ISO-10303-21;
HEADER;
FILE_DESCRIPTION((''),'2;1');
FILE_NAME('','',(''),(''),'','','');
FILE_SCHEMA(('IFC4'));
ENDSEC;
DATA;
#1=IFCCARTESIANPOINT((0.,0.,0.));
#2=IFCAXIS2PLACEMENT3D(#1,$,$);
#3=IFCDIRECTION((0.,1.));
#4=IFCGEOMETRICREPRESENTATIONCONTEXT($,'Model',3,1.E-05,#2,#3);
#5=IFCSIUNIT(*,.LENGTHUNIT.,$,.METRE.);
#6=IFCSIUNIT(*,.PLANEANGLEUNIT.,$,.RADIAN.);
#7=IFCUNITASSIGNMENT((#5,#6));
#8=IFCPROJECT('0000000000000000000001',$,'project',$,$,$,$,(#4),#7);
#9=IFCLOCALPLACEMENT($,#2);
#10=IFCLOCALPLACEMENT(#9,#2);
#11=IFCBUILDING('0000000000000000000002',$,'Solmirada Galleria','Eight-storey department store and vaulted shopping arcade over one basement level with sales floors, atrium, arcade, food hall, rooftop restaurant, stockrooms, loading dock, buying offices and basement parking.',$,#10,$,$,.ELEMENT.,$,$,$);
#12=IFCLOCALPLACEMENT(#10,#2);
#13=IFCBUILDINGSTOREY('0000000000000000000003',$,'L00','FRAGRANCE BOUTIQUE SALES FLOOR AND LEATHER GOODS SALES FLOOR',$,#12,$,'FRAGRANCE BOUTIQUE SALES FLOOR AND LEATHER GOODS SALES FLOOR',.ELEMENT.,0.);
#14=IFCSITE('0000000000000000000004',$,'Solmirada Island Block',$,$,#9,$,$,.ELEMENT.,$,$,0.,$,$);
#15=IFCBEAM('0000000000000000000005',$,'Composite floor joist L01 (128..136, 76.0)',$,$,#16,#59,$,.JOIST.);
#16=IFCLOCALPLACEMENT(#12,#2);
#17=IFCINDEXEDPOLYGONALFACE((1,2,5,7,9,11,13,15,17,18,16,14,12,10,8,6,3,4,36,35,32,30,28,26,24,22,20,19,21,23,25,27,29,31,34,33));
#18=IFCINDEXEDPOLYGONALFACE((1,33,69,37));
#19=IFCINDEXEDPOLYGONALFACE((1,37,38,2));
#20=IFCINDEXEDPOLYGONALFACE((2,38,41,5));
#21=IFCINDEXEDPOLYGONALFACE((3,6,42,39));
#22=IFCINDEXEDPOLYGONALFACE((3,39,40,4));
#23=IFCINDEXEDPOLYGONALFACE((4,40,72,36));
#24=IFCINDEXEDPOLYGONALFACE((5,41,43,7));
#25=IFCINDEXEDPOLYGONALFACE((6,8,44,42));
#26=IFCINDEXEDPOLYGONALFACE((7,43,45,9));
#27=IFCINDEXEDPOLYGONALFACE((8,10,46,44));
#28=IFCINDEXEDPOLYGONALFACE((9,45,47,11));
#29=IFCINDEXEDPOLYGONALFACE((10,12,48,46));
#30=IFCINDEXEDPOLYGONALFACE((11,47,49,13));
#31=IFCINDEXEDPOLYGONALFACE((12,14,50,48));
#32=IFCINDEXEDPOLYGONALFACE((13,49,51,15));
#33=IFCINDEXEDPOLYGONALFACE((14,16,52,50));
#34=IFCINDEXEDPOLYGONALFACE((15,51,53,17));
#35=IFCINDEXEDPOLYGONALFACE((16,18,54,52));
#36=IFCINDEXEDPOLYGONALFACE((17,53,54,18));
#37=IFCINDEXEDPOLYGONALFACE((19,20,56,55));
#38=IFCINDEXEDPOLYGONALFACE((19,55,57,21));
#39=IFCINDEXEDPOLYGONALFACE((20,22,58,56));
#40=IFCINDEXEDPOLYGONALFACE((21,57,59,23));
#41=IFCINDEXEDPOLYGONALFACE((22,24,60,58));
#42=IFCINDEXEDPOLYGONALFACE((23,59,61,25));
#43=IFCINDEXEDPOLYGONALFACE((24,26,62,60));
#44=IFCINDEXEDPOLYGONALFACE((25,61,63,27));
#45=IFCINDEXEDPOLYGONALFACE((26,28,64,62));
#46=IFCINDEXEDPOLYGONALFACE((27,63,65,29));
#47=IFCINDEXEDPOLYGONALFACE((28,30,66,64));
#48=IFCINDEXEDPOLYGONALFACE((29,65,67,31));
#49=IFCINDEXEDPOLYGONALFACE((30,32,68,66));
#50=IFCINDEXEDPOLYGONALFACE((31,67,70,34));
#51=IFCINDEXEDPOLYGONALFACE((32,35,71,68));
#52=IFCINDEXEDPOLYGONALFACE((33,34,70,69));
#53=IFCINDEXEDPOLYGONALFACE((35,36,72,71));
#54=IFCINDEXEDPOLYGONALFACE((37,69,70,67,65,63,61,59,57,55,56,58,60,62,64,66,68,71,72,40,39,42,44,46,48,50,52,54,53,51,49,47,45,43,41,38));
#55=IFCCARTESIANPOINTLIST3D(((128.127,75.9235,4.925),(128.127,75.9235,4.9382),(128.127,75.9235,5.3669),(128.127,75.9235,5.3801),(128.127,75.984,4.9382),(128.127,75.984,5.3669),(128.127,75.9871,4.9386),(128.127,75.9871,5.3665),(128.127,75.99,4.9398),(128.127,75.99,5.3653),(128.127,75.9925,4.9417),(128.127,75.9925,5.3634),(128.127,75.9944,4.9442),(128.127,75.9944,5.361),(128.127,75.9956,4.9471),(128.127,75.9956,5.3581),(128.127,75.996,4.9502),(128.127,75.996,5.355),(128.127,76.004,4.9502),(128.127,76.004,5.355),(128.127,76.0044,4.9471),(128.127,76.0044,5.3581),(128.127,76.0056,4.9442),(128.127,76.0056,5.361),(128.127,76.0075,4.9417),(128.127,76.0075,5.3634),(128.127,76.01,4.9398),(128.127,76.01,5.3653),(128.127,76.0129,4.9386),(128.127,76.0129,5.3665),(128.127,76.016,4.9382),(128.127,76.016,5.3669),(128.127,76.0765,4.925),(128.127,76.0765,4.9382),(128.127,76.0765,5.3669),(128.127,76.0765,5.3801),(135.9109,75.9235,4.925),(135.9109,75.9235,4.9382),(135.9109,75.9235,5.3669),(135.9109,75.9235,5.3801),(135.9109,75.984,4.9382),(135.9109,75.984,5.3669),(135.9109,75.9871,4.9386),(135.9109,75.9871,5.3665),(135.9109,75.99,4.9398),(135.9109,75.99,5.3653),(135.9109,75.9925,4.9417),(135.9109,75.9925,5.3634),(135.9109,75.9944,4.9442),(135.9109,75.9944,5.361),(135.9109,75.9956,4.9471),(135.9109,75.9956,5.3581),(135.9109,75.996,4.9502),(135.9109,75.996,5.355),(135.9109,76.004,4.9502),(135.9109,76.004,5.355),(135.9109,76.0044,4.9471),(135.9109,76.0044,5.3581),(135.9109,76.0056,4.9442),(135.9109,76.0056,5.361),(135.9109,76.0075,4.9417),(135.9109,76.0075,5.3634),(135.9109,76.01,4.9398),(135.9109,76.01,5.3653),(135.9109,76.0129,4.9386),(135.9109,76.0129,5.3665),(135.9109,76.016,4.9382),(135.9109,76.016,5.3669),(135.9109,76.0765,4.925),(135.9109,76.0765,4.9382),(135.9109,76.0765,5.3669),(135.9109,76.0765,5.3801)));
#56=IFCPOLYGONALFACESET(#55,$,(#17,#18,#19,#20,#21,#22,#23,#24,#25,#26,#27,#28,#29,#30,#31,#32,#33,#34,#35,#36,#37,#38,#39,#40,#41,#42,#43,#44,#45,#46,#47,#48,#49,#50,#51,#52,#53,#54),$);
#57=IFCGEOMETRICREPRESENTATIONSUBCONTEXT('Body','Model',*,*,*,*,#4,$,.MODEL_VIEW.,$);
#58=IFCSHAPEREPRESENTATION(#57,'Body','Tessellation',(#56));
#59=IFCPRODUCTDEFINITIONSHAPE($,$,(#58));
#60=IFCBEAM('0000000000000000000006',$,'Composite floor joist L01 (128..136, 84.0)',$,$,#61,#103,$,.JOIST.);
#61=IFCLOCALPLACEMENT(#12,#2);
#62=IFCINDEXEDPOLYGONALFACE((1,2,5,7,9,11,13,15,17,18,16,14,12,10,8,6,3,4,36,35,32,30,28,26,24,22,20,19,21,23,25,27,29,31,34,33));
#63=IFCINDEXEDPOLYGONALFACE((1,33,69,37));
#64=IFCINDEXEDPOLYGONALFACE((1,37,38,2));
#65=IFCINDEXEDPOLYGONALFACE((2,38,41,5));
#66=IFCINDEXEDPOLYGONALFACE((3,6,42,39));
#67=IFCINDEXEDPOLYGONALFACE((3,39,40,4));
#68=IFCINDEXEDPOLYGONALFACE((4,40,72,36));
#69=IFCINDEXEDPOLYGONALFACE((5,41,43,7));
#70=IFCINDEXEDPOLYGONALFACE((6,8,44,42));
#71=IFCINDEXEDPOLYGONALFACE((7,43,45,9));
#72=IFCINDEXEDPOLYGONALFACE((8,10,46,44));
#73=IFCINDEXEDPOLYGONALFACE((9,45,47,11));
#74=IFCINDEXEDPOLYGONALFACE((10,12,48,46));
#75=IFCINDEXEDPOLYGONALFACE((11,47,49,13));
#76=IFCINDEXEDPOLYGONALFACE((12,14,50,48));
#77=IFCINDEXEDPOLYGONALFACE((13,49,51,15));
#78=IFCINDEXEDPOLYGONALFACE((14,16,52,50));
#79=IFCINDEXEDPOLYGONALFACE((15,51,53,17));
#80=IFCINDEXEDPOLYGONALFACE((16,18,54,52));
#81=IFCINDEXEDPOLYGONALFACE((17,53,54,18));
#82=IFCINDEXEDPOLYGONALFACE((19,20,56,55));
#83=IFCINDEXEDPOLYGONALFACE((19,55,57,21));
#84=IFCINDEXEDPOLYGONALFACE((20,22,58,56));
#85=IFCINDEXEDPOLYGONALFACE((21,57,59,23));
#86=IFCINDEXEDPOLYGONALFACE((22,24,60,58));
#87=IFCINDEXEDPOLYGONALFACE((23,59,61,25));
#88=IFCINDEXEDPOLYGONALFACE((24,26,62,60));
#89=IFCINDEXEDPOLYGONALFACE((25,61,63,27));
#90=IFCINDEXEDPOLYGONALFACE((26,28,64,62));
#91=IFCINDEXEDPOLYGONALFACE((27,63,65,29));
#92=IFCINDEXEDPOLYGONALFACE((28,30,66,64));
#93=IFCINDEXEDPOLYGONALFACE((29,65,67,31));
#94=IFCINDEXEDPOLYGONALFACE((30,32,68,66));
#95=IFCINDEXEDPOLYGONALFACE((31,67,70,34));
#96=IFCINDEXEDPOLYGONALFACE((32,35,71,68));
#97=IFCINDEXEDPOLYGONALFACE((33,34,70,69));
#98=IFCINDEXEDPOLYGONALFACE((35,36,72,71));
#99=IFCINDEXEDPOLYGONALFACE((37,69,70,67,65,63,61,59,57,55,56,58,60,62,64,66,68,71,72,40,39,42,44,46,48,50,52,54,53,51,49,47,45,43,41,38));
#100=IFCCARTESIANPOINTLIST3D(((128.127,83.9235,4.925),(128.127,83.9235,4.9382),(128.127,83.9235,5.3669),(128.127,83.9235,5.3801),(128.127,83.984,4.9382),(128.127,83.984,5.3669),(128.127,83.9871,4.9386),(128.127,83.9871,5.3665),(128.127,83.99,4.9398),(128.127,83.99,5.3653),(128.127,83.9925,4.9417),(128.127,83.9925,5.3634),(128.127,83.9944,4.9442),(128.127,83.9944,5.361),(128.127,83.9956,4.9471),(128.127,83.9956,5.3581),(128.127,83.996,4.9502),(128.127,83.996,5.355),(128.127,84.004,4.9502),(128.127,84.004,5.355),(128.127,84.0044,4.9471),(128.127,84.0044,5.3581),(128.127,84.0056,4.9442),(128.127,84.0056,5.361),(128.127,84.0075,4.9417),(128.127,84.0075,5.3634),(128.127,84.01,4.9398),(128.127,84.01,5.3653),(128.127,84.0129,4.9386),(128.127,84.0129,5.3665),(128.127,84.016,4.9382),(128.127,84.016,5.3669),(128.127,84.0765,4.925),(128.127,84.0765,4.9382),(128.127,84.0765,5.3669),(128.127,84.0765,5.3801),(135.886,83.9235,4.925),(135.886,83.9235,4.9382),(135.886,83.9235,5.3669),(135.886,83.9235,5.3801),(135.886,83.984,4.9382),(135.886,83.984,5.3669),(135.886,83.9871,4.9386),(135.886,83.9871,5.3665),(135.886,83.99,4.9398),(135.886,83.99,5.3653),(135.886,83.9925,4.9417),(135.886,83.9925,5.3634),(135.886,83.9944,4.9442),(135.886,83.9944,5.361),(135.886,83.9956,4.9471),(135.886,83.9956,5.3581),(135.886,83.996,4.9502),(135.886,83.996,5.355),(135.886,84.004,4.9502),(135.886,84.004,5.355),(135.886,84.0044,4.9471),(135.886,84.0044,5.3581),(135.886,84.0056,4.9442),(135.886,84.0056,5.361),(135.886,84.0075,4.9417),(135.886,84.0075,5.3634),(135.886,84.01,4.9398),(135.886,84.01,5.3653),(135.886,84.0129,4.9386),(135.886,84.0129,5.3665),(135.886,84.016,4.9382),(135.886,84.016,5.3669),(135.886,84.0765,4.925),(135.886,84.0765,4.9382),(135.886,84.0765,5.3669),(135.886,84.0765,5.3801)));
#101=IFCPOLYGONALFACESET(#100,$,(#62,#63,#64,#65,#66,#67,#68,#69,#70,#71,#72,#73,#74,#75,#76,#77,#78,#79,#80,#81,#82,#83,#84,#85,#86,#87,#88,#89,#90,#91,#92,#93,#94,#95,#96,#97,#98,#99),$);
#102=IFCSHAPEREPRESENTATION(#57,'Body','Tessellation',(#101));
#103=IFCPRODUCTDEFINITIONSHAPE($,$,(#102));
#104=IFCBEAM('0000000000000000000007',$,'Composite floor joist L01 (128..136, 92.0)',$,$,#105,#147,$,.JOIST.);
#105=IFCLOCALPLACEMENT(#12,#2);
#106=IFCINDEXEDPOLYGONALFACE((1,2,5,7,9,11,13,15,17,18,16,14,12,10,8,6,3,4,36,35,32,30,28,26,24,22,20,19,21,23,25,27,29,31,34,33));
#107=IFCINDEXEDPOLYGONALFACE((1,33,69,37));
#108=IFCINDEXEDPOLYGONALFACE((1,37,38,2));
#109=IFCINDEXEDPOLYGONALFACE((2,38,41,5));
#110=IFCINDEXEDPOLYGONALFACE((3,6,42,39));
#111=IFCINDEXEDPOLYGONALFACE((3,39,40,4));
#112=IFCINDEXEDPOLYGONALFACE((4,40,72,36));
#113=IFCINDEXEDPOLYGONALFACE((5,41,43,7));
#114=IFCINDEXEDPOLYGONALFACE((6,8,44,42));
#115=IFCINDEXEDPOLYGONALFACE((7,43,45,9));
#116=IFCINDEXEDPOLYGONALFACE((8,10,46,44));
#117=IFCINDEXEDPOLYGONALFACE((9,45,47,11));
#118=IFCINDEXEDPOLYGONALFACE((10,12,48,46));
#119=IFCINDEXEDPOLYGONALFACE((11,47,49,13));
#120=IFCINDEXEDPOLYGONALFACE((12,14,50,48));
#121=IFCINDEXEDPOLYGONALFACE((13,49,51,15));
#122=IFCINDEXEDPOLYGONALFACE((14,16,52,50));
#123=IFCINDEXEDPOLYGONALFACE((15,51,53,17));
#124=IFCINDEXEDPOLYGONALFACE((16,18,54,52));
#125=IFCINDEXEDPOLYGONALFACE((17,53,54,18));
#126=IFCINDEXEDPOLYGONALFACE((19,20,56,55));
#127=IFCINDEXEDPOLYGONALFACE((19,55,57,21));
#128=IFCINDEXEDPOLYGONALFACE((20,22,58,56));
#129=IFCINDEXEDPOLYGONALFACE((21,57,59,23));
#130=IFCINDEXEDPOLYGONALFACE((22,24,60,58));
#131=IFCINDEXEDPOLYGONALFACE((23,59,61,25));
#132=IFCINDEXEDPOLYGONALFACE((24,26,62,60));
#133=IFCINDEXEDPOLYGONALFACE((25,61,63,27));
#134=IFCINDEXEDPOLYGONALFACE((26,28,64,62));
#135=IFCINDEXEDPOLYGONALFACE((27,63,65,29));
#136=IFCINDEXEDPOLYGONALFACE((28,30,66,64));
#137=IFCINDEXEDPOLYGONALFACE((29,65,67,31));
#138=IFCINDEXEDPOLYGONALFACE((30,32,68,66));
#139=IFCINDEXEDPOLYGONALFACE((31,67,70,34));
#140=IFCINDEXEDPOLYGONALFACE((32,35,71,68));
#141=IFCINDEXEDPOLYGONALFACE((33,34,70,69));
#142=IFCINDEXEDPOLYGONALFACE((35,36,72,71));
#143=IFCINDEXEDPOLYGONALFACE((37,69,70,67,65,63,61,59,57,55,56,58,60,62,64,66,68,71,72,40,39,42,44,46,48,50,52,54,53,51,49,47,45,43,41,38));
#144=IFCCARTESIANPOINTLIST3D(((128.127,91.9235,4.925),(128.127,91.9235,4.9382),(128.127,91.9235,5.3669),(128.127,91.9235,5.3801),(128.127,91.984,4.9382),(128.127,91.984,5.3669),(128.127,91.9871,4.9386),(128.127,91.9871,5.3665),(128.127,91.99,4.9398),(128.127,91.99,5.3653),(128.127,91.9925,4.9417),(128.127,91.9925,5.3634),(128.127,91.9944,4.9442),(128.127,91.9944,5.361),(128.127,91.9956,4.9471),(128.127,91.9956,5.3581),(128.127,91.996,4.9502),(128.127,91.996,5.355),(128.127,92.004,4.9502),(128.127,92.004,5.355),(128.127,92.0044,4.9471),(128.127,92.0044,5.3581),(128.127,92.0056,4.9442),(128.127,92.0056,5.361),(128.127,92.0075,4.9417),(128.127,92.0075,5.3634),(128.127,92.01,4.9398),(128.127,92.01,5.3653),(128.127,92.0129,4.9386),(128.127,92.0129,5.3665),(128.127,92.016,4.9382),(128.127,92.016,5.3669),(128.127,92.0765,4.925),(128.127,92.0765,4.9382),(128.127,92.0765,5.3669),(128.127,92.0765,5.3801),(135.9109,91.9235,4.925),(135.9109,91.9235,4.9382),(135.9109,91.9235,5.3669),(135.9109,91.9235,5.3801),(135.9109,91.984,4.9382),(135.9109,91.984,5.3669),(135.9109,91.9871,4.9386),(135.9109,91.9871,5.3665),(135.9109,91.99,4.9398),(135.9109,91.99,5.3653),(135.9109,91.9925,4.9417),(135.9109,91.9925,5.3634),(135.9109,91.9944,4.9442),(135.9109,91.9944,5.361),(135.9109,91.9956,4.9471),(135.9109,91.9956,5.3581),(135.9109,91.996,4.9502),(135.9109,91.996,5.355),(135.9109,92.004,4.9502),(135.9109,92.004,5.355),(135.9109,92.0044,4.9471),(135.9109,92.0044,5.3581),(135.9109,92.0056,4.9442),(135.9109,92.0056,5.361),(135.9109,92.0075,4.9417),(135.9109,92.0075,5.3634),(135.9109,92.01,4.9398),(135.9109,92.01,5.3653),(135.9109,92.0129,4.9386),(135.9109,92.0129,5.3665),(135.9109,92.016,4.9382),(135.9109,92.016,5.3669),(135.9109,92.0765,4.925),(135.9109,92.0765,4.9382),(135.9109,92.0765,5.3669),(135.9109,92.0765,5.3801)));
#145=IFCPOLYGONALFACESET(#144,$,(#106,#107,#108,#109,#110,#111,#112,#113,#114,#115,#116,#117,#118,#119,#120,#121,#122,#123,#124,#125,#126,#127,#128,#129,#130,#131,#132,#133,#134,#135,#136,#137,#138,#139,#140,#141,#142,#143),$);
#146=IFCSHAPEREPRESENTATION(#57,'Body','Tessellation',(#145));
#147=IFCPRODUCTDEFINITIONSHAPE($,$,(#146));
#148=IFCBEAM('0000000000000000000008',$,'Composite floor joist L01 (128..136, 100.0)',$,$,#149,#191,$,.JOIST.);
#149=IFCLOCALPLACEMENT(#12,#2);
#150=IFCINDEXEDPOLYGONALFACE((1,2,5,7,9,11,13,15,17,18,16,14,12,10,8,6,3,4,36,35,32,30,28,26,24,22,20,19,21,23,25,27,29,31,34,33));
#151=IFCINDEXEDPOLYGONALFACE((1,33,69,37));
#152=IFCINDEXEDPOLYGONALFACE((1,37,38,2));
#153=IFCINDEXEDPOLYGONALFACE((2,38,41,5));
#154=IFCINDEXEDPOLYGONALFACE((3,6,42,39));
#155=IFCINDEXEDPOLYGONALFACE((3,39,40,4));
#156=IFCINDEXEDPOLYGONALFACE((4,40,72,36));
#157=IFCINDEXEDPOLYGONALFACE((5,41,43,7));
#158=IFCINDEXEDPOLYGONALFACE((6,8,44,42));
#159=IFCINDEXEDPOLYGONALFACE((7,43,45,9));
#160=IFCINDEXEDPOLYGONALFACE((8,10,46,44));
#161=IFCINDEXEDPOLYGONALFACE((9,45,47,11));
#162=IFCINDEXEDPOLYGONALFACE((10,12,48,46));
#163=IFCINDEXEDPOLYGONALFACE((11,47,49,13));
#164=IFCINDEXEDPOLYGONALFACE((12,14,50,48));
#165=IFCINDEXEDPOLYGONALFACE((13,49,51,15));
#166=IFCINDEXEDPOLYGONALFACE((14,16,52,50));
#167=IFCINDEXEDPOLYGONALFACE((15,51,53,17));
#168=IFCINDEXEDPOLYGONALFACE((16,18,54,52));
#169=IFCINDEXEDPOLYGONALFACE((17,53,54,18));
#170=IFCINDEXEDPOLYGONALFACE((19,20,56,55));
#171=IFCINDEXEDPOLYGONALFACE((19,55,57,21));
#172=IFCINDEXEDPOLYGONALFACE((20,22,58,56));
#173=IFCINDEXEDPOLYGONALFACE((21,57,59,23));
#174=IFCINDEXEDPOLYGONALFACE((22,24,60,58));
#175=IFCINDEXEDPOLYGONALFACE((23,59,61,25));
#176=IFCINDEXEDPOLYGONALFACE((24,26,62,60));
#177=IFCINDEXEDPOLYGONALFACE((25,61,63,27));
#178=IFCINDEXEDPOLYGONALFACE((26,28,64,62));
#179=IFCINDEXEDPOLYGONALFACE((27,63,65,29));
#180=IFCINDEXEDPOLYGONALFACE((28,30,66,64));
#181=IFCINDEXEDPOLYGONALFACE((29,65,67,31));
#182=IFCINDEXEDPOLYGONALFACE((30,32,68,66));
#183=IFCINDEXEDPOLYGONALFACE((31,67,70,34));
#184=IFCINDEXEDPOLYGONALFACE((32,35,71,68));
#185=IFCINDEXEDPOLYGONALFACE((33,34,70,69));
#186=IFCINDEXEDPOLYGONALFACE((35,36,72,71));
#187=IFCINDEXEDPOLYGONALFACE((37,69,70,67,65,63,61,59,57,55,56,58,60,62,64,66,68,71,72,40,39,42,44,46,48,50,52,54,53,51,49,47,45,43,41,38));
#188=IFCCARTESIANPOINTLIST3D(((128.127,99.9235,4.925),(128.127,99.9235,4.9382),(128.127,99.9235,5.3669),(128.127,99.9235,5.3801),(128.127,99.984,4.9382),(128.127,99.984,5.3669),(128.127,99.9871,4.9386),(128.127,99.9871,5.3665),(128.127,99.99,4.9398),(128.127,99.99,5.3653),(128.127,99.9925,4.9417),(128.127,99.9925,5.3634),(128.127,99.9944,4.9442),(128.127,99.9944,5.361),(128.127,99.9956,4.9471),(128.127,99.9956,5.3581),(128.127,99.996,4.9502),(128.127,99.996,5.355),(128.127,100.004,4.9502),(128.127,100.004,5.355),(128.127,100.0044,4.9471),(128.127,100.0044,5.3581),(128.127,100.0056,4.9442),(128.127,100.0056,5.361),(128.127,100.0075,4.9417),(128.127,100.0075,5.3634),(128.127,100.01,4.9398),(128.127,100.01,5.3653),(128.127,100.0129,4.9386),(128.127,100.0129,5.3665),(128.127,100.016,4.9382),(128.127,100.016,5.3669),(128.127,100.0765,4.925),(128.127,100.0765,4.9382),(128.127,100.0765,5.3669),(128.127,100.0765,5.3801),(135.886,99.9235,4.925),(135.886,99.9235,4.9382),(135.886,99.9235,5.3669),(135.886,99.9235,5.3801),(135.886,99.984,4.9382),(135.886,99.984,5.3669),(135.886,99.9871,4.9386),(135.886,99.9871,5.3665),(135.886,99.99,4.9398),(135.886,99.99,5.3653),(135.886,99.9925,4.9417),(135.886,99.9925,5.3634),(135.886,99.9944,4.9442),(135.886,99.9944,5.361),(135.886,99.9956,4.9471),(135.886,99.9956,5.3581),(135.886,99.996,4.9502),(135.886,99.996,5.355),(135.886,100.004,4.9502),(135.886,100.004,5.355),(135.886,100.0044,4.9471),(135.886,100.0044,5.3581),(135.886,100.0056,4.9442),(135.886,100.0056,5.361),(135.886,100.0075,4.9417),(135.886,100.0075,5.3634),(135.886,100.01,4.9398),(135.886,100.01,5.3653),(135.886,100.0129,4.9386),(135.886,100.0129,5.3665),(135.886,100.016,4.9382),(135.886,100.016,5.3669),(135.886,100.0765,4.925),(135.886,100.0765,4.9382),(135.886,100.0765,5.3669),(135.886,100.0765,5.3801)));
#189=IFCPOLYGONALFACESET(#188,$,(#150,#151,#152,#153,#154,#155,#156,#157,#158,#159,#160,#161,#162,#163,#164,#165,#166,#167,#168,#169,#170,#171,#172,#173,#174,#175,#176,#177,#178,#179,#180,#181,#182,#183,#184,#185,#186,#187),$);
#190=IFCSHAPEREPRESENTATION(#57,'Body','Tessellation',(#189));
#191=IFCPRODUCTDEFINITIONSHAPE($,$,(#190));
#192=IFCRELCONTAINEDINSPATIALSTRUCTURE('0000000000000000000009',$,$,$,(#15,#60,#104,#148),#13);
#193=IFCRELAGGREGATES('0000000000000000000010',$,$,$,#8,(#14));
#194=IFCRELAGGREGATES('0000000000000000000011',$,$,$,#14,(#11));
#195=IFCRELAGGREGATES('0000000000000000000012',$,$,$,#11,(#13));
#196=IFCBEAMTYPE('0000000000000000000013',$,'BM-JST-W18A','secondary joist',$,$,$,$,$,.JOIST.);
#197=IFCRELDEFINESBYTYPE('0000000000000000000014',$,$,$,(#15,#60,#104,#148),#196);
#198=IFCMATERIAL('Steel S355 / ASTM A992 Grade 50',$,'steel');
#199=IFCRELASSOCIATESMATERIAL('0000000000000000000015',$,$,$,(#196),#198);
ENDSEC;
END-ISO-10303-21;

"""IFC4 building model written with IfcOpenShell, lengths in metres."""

from ifc_helpers import new_model, si_unit, direction, frame, origin, origin_2d, place, context, subcontext, project, spatial, i_section, extrude, material, material_profile, profile_set, type_object, element, save


model = new_model("IFC4")

# Units and contexts
model_context = context("Model", 3, precision=1e-05, world=origin(), true_north=direction((0.0, 1.0)))
body_context = subcontext(model_context, "Body", "Model", "MODEL_VIEW")
ifc_project = project(units=[si_unit("LENGTHUNIT", "METRE"), si_unit("PLANEANGLEUNIT", "RADIAN")], contexts=[model_context])

# Site, building, storey
site_placement = place(None, origin())
site = spatial("IfcSite", under=ifc_project, at=site_placement, Name="Solmirada Island Block", CompositionType="ELEMENT", RefElevation=0.0)
building_placement = place(site_placement, origin())
building = spatial("IfcBuilding", under=site, at=building_placement, Name="Solmirada Galleria", Description="Eight-storey department store and vaulted shopping arcade over one basement level with sales floors, atrium, arcade, food hall, rooftop restaurant, stockrooms, loading dock, buying offices and basement parking.", CompositionType="ELEMENT")
storey_placement = place(building_placement, origin())
storey = spatial("IfcBuildingStorey", under=building, at=storey_placement, Name="L00", Description="FRAGRANCE BOUTIQUE SALES FLOOR AND LEATHER GOODS SALES FLOOR", LongName="FRAGRANCE BOUTIQUE SALES FLOOR AND LEATHER GOODS SALES FLOOR", CompositionType="ELEMENT", Elevation=0.0)

# Beams
ifc_material_1 = material(Name="Steel S355 / ASTM A992 Grade 50", Category="steel")
ifc_material_profile_1 = material_profile(ifc_material_1, i_section(OverallWidth=0.1531, OverallDepth=0.4551, WebThickness=0.0081, FlangeThickness=0.0132, FilletRadius=0.012, at=origin_2d()), Name="W18X40")
ifc_profile_set_1 = profile_set([ifc_material_profile_1], Name="Steel S355 / ASTM A992 Grade 50")
beam_type_1 = type_object("IfcBeamType", Name="BM-JST-W18A", Description="secondary joist", PredefinedType="JOIST", material=ifc_profile_set_1)
beam_1_placement = place(storey_placement, frame((128.127, 76.0, 5.1526), z_axis=(1.0, 0.0, 0.0), x_axis=(0.0, 1.0, 0.0)))
element("IfcBeam", 1, at=beam_1_placement, inside=storey, type_object=beam_type_1, Name="Composite floor joist L01 (128..136, 76.0)", PredefinedType="JOIST", context=body_context, shape_type="SweptSolid", body=[
    extrude(i_section(OverallWidth=0.1531, OverallDepth=0.4551, WebThickness=0.0081, FlangeThickness=0.0132, FilletRadius=0.012, at=origin_2d()), origin(), (0.0, 0.0, 1.0), 7.7839),
])
beam_2_placement = place(storey_placement, frame((128.127, 84.0, 5.1526), z_axis=(1.0, 0.0, 0.0), x_axis=(0.0, 1.0, 0.0)))
element("IfcBeam", 2, at=beam_2_placement, inside=storey, type_object=beam_type_1, Name="Composite floor joist L01 (128..136, 84.0)", PredefinedType="JOIST", context=body_context, shape_type="SweptSolid", body=[
    extrude(i_section(OverallWidth=0.1531, OverallDepth=0.4551, WebThickness=0.0081, FlangeThickness=0.0132, FilletRadius=0.012, at=origin_2d()), origin(), (0.0, 0.0, 1.0), 7.759),
])
beam_3_placement = place(storey_placement, frame((128.127, 92.0, 5.1526), z_axis=(1.0, 0.0, 0.0), x_axis=(0.0, 1.0, 0.0)))
element("IfcBeam", 3, at=beam_3_placement, inside=storey, type_object=beam_type_1, Name="Composite floor joist L01 (128..136, 92.0)", PredefinedType="JOIST", context=body_context, shape_type="SweptSolid", body=[
    extrude(i_section(OverallWidth=0.1531, OverallDepth=0.4551, WebThickness=0.0081, FlangeThickness=0.0132, FilletRadius=0.012, at=origin_2d()), origin(), (0.0, 0.0, 1.0), 7.7839),
])
beam_4_placement = place(storey_placement, frame((128.127, 100.0, 5.1526), z_axis=(1.0, 0.0, 0.0), x_axis=(0.0, 1.0, 0.0)))
element("IfcBeam", 4, at=beam_4_placement, inside=storey, type_object=beam_type_1, Name="Composite floor joist L01 (128..136, 100.0)", PredefinedType="JOIST", context=body_context, shape_type="SweptSolid", body=[
    extrude(i_section(OverallWidth=0.1531, OverallDepth=0.4551, WebThickness=0.0081, FlangeThickness=0.0132, FilletRadius=0.012, at=origin_2d()), origin(), (0.0, 0.0, 1.0), 7.759),
])

save(model, "model.ifc")
